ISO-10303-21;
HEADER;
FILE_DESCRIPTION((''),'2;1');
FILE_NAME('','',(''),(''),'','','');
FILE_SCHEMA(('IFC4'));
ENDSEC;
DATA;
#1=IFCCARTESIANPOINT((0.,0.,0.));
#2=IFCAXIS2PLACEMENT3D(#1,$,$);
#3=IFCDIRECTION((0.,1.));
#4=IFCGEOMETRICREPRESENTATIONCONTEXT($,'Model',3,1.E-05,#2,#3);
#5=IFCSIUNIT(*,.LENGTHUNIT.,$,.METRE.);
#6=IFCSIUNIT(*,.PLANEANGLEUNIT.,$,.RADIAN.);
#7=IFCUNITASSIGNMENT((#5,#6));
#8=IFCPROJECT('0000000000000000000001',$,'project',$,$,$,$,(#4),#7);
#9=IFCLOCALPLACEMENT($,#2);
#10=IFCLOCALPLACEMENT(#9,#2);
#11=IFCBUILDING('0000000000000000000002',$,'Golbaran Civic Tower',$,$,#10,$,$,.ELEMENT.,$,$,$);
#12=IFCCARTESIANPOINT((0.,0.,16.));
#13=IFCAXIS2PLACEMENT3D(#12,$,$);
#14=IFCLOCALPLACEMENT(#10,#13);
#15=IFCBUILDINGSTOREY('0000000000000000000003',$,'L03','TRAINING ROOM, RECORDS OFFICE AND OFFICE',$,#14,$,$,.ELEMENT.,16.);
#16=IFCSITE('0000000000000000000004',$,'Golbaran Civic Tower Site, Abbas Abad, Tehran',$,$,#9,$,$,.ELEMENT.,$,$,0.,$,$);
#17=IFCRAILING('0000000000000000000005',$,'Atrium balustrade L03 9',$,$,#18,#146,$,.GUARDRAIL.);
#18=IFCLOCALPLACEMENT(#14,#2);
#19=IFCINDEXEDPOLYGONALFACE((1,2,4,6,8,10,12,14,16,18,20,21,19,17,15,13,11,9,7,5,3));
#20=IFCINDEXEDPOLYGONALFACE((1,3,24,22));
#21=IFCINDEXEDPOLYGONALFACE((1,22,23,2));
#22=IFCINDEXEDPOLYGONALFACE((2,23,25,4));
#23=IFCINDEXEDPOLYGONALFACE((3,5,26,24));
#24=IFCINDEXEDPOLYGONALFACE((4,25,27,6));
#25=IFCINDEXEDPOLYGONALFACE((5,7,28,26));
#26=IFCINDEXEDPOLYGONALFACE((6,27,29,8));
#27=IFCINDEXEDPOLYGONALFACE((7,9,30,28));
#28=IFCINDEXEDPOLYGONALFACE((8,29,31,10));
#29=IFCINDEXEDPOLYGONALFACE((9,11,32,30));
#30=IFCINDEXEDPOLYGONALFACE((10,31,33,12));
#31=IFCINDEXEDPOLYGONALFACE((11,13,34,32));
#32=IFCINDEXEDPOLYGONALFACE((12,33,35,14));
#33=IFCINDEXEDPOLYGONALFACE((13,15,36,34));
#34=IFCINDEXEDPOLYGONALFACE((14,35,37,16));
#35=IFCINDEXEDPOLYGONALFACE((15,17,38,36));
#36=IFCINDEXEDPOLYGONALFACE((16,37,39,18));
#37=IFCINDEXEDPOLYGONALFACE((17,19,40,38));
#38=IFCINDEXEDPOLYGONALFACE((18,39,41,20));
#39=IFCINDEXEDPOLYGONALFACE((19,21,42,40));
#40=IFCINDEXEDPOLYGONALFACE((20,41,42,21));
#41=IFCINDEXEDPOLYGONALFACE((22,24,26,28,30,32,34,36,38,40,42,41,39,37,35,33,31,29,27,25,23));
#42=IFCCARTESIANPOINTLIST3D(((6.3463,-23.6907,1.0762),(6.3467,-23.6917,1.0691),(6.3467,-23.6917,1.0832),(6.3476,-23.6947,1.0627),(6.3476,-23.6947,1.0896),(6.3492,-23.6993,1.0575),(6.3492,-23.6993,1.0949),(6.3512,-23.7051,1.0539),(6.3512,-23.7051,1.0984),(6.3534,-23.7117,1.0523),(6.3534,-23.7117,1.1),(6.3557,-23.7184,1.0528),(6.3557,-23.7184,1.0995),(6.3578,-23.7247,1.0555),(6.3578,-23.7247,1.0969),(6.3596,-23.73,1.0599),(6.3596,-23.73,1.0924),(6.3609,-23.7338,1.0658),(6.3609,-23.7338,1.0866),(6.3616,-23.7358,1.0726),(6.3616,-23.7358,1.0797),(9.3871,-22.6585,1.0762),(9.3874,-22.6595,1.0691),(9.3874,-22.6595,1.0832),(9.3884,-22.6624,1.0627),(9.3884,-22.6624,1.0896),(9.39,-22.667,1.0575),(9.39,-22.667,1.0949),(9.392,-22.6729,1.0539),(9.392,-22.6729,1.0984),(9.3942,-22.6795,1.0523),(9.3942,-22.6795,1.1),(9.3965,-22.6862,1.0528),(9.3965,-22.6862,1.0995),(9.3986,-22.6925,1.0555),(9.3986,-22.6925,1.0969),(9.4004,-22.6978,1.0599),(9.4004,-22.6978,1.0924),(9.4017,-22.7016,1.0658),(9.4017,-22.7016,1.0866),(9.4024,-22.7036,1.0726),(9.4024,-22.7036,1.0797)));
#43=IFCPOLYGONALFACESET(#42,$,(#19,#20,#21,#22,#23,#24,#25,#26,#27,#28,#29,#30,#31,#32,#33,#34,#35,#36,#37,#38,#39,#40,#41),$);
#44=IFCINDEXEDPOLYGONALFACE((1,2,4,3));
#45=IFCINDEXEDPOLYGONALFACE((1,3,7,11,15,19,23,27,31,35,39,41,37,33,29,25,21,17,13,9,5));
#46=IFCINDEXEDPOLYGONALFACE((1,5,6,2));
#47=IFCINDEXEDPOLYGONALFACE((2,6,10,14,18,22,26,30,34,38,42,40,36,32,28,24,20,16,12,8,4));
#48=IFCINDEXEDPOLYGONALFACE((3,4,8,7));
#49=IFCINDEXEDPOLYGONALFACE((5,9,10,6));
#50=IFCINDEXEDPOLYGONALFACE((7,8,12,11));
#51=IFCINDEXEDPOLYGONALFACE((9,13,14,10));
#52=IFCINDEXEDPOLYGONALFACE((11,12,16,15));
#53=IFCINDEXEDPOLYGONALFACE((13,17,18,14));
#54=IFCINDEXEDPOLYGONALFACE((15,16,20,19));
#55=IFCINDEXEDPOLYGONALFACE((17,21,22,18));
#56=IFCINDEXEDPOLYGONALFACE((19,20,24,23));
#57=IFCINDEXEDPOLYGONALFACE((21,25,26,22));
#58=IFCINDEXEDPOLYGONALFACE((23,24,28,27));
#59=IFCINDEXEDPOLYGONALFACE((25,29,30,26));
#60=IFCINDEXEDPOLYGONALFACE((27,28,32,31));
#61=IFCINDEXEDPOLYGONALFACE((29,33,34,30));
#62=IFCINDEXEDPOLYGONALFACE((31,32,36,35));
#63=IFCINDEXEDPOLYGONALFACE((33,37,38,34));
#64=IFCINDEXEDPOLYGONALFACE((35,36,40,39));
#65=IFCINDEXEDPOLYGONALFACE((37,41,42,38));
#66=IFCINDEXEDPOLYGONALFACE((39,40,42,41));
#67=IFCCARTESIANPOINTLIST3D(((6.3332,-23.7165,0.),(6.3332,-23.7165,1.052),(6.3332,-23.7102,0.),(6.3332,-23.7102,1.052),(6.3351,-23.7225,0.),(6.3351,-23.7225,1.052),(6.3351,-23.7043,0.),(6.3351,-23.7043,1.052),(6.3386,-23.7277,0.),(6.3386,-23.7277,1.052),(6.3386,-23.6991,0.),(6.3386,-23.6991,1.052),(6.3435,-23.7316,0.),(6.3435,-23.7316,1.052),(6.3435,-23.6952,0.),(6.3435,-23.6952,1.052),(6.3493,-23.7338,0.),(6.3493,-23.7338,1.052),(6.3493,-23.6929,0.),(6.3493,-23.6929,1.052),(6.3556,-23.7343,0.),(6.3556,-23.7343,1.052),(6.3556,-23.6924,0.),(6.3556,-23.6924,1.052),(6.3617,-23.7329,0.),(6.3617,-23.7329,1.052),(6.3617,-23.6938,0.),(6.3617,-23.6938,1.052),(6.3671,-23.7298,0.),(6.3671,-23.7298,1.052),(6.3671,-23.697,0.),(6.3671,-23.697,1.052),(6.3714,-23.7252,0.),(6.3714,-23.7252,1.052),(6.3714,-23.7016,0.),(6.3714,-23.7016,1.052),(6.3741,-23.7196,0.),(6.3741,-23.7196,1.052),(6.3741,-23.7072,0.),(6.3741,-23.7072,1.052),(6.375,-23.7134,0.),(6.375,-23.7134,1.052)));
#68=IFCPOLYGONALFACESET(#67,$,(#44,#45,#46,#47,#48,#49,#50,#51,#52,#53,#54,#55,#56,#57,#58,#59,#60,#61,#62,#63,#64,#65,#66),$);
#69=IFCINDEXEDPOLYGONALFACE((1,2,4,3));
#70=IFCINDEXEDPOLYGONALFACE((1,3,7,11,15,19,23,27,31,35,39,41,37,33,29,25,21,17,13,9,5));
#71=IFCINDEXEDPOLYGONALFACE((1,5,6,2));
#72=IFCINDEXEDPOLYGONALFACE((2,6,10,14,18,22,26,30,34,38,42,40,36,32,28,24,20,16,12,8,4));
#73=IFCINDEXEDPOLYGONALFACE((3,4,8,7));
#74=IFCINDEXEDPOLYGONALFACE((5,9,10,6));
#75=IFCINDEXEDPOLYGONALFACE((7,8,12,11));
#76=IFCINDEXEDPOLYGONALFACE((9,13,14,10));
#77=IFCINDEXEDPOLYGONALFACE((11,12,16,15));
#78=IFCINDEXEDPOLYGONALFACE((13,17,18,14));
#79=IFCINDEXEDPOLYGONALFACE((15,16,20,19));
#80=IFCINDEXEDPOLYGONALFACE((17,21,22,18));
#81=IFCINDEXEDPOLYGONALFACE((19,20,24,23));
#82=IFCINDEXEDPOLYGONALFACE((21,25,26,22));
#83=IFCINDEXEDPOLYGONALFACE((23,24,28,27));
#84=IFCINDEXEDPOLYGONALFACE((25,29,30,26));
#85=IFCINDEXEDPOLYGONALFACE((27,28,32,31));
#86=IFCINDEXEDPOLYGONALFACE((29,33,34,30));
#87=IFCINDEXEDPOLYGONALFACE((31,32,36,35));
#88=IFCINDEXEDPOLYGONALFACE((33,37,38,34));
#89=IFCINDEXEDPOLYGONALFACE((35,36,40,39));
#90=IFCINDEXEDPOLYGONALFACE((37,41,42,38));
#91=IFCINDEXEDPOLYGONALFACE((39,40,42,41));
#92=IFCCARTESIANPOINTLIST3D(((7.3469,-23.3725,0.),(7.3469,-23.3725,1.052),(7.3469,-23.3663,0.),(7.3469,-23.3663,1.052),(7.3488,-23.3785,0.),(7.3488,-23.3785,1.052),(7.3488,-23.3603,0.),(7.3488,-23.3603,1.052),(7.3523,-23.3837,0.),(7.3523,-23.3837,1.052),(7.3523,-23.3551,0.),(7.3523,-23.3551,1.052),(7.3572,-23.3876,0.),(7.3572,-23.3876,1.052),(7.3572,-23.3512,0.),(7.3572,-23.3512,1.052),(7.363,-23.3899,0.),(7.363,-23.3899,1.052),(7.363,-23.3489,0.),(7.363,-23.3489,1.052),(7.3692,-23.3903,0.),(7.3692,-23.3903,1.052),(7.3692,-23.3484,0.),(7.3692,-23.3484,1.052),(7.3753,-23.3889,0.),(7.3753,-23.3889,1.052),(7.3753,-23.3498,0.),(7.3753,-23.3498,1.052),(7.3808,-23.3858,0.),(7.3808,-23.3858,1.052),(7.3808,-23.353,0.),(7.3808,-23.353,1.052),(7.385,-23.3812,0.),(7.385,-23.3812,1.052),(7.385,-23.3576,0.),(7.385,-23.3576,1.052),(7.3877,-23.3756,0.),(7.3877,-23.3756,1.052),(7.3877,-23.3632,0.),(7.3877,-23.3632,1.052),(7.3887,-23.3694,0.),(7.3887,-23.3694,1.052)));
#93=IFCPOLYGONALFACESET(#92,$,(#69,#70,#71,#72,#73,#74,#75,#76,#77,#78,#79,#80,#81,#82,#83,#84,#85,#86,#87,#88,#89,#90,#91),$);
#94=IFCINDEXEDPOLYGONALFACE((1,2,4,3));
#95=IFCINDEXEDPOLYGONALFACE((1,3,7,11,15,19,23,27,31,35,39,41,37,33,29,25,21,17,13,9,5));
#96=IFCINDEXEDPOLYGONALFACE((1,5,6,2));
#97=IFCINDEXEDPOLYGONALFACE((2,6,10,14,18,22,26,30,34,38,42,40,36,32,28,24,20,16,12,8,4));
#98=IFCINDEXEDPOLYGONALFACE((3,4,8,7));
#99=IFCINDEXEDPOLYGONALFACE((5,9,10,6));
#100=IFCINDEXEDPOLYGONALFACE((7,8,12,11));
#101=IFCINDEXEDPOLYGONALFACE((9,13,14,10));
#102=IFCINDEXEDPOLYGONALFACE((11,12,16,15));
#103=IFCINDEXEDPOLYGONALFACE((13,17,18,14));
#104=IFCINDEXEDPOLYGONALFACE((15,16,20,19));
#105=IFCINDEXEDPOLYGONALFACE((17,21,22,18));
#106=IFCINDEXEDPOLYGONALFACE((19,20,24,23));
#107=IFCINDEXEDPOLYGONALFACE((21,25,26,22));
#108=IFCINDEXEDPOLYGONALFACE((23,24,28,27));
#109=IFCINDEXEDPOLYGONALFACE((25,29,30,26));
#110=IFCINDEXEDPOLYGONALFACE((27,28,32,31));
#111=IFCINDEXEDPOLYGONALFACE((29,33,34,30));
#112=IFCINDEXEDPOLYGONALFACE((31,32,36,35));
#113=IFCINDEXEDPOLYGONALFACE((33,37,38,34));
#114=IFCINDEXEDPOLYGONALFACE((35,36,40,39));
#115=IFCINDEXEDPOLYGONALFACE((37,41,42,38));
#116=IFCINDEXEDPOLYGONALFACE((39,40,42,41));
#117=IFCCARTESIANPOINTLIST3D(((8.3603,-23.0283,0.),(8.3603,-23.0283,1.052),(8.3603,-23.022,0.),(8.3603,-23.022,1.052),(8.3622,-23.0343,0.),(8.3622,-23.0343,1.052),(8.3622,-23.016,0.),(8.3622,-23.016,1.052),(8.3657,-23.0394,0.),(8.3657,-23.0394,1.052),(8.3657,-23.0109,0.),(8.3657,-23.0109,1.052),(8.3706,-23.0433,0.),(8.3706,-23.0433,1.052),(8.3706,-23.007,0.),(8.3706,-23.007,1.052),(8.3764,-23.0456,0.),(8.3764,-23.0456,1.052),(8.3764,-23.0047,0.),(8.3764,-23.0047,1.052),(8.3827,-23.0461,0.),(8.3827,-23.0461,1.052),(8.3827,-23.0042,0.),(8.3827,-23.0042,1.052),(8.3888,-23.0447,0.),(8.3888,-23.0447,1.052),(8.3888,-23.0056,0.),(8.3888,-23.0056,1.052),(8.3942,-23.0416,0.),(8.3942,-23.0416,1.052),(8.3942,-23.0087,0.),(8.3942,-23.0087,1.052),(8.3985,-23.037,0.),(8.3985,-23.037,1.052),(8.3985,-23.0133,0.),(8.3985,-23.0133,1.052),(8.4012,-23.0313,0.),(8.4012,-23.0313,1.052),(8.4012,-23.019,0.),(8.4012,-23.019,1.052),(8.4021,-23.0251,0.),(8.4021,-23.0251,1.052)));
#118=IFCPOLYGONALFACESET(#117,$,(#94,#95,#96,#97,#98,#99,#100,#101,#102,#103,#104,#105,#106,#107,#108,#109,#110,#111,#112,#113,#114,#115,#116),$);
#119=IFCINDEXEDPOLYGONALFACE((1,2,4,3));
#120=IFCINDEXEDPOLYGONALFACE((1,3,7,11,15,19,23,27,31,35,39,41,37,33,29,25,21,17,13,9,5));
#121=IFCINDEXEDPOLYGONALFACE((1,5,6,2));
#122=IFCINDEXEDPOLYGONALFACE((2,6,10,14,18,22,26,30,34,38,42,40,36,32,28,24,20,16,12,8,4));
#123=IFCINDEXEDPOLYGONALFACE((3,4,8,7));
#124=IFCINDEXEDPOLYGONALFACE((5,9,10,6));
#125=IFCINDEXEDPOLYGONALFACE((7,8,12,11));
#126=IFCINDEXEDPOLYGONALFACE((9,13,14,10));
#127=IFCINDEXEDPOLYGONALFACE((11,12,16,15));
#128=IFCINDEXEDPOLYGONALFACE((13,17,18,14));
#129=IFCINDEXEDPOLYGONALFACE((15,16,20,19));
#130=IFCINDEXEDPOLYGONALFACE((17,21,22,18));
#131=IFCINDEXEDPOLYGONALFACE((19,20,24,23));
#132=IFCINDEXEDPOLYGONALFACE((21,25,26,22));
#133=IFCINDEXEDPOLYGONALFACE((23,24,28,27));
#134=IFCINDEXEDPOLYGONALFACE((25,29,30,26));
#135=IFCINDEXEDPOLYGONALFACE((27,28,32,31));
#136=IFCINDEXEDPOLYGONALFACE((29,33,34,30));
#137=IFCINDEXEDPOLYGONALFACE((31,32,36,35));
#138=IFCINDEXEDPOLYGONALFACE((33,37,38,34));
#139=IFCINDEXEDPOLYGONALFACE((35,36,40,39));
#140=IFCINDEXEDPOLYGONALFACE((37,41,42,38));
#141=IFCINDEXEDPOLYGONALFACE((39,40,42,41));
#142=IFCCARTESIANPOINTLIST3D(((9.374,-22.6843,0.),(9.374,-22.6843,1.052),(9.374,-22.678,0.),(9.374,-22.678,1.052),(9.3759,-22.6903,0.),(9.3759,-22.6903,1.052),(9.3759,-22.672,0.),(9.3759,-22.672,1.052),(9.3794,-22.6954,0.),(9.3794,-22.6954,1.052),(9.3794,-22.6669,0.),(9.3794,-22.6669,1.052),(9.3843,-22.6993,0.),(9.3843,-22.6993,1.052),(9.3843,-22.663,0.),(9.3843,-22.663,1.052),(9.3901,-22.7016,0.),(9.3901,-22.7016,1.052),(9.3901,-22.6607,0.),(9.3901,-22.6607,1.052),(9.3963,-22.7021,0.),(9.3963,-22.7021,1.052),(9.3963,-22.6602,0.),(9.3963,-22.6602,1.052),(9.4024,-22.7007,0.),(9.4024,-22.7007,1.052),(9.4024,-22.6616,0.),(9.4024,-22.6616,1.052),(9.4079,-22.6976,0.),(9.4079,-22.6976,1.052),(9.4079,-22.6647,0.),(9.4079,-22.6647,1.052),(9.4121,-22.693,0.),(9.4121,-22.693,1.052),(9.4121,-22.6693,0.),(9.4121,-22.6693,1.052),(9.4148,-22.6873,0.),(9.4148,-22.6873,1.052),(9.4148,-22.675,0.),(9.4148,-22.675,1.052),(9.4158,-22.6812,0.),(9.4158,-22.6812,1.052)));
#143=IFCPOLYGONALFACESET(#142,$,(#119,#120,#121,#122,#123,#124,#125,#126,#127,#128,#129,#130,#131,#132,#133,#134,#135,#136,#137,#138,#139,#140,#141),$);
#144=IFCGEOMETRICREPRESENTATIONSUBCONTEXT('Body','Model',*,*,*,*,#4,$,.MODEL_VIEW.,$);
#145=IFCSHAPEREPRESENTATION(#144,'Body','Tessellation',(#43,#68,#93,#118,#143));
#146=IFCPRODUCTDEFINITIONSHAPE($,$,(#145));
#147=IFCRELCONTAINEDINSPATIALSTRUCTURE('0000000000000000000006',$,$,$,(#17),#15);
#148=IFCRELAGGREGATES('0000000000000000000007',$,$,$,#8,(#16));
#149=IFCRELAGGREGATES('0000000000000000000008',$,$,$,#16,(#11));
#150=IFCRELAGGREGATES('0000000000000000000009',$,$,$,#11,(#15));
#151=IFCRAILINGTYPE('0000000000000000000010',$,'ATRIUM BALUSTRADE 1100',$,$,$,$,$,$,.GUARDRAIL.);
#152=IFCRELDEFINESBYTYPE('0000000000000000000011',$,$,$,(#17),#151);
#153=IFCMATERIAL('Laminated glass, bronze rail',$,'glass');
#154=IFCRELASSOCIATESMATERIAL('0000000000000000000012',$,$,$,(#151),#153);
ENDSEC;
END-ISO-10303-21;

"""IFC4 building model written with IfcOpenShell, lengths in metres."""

from ifc_helpers import new_model, si_unit, direction, frame, origin, origin_2d, place, context, subcontext, project, spatial, circle, extrude, material, type_object, element, save


model = new_model("IFC4")

# Units and contexts
model_context = context("Model", 3, precision=1e-05, world=origin(), true_north=direction((0.0, 1.0)))
body_context = subcontext(model_context, "Body", "Model", "MODEL_VIEW")
ifc_project = project(units=[si_unit("LENGTHUNIT", "METRE"), si_unit("PLANEANGLEUNIT", "RADIAN")], contexts=[model_context])

# Site, building, storey
site_placement = place(None, origin())
site = spatial("IfcSite", under=ifc_project, at=site_placement, Name="Golbaran Civic Tower Site, Abbas Abad, Tehran", CompositionType="ELEMENT", RefElevation=0.0)
building_placement = place(site_placement, origin())
building = spatial("IfcBuilding", under=site, at=building_placement, Name="Golbaran Civic Tower", CompositionType="ELEMENT")
storey_placement = place(building_placement, frame((0.0, 0.0, 16.0)))
storey = spatial("IfcBuildingStorey", under=building, at=storey_placement, Name="L03", Description="TRAINING ROOM, RECORDS OFFICE AND OFFICE", CompositionType="ELEMENT", Elevation=16.0)

# Railing
ifc_material_1 = material(Name="Laminated glass, bronze rail", Category="glass")
railing_type = type_object("IfcRailingType", Name="ATRIUM BALUSTRADE 1100", PredefinedType="GUARDRAIL", material=ifc_material_1)
railing_1_placement = place(storey_placement, frame((6.354, -23.7134, 0.0)))
element("IfcRailing", 1, at=railing_1_placement, inside=storey, type_object=railing_type, Name="Atrium balustrade L03 9", PredefinedType="GUARDRAIL", context=body_context, shape_type="SweptSolid", body=[
    extrude(circle(Radius=0.0239, at=origin_2d()), frame((0.0, 0.0, 1.0762), z_axis=(0.946928, 0.321446, 0.0), x_axis=(-0.321446, 0.946928, 0.0)), (0.0, 0.0, 1.0), 3.2112),
    extrude(circle(Radius=0.021, at=origin_2d()), origin(), (0.0, 0.0, 1.0), 1.052),
    extrude(circle(Radius=0.021, at=origin_2d()), frame((1.0137, 0.344, 0.0)), (0.0, 0.0, 1.0), 1.052),
    extrude(circle(Radius=0.021, at=origin_2d()), frame((2.0271, 0.6882, 0.0)), (0.0, 0.0, 1.0), 1.052),
    extrude(circle(Radius=0.021, at=origin_2d()), frame((3.0408, 1.0322, 0.0)), (0.0, 0.0, 1.0), 1.052),
])

save(model, "model.ifc")
